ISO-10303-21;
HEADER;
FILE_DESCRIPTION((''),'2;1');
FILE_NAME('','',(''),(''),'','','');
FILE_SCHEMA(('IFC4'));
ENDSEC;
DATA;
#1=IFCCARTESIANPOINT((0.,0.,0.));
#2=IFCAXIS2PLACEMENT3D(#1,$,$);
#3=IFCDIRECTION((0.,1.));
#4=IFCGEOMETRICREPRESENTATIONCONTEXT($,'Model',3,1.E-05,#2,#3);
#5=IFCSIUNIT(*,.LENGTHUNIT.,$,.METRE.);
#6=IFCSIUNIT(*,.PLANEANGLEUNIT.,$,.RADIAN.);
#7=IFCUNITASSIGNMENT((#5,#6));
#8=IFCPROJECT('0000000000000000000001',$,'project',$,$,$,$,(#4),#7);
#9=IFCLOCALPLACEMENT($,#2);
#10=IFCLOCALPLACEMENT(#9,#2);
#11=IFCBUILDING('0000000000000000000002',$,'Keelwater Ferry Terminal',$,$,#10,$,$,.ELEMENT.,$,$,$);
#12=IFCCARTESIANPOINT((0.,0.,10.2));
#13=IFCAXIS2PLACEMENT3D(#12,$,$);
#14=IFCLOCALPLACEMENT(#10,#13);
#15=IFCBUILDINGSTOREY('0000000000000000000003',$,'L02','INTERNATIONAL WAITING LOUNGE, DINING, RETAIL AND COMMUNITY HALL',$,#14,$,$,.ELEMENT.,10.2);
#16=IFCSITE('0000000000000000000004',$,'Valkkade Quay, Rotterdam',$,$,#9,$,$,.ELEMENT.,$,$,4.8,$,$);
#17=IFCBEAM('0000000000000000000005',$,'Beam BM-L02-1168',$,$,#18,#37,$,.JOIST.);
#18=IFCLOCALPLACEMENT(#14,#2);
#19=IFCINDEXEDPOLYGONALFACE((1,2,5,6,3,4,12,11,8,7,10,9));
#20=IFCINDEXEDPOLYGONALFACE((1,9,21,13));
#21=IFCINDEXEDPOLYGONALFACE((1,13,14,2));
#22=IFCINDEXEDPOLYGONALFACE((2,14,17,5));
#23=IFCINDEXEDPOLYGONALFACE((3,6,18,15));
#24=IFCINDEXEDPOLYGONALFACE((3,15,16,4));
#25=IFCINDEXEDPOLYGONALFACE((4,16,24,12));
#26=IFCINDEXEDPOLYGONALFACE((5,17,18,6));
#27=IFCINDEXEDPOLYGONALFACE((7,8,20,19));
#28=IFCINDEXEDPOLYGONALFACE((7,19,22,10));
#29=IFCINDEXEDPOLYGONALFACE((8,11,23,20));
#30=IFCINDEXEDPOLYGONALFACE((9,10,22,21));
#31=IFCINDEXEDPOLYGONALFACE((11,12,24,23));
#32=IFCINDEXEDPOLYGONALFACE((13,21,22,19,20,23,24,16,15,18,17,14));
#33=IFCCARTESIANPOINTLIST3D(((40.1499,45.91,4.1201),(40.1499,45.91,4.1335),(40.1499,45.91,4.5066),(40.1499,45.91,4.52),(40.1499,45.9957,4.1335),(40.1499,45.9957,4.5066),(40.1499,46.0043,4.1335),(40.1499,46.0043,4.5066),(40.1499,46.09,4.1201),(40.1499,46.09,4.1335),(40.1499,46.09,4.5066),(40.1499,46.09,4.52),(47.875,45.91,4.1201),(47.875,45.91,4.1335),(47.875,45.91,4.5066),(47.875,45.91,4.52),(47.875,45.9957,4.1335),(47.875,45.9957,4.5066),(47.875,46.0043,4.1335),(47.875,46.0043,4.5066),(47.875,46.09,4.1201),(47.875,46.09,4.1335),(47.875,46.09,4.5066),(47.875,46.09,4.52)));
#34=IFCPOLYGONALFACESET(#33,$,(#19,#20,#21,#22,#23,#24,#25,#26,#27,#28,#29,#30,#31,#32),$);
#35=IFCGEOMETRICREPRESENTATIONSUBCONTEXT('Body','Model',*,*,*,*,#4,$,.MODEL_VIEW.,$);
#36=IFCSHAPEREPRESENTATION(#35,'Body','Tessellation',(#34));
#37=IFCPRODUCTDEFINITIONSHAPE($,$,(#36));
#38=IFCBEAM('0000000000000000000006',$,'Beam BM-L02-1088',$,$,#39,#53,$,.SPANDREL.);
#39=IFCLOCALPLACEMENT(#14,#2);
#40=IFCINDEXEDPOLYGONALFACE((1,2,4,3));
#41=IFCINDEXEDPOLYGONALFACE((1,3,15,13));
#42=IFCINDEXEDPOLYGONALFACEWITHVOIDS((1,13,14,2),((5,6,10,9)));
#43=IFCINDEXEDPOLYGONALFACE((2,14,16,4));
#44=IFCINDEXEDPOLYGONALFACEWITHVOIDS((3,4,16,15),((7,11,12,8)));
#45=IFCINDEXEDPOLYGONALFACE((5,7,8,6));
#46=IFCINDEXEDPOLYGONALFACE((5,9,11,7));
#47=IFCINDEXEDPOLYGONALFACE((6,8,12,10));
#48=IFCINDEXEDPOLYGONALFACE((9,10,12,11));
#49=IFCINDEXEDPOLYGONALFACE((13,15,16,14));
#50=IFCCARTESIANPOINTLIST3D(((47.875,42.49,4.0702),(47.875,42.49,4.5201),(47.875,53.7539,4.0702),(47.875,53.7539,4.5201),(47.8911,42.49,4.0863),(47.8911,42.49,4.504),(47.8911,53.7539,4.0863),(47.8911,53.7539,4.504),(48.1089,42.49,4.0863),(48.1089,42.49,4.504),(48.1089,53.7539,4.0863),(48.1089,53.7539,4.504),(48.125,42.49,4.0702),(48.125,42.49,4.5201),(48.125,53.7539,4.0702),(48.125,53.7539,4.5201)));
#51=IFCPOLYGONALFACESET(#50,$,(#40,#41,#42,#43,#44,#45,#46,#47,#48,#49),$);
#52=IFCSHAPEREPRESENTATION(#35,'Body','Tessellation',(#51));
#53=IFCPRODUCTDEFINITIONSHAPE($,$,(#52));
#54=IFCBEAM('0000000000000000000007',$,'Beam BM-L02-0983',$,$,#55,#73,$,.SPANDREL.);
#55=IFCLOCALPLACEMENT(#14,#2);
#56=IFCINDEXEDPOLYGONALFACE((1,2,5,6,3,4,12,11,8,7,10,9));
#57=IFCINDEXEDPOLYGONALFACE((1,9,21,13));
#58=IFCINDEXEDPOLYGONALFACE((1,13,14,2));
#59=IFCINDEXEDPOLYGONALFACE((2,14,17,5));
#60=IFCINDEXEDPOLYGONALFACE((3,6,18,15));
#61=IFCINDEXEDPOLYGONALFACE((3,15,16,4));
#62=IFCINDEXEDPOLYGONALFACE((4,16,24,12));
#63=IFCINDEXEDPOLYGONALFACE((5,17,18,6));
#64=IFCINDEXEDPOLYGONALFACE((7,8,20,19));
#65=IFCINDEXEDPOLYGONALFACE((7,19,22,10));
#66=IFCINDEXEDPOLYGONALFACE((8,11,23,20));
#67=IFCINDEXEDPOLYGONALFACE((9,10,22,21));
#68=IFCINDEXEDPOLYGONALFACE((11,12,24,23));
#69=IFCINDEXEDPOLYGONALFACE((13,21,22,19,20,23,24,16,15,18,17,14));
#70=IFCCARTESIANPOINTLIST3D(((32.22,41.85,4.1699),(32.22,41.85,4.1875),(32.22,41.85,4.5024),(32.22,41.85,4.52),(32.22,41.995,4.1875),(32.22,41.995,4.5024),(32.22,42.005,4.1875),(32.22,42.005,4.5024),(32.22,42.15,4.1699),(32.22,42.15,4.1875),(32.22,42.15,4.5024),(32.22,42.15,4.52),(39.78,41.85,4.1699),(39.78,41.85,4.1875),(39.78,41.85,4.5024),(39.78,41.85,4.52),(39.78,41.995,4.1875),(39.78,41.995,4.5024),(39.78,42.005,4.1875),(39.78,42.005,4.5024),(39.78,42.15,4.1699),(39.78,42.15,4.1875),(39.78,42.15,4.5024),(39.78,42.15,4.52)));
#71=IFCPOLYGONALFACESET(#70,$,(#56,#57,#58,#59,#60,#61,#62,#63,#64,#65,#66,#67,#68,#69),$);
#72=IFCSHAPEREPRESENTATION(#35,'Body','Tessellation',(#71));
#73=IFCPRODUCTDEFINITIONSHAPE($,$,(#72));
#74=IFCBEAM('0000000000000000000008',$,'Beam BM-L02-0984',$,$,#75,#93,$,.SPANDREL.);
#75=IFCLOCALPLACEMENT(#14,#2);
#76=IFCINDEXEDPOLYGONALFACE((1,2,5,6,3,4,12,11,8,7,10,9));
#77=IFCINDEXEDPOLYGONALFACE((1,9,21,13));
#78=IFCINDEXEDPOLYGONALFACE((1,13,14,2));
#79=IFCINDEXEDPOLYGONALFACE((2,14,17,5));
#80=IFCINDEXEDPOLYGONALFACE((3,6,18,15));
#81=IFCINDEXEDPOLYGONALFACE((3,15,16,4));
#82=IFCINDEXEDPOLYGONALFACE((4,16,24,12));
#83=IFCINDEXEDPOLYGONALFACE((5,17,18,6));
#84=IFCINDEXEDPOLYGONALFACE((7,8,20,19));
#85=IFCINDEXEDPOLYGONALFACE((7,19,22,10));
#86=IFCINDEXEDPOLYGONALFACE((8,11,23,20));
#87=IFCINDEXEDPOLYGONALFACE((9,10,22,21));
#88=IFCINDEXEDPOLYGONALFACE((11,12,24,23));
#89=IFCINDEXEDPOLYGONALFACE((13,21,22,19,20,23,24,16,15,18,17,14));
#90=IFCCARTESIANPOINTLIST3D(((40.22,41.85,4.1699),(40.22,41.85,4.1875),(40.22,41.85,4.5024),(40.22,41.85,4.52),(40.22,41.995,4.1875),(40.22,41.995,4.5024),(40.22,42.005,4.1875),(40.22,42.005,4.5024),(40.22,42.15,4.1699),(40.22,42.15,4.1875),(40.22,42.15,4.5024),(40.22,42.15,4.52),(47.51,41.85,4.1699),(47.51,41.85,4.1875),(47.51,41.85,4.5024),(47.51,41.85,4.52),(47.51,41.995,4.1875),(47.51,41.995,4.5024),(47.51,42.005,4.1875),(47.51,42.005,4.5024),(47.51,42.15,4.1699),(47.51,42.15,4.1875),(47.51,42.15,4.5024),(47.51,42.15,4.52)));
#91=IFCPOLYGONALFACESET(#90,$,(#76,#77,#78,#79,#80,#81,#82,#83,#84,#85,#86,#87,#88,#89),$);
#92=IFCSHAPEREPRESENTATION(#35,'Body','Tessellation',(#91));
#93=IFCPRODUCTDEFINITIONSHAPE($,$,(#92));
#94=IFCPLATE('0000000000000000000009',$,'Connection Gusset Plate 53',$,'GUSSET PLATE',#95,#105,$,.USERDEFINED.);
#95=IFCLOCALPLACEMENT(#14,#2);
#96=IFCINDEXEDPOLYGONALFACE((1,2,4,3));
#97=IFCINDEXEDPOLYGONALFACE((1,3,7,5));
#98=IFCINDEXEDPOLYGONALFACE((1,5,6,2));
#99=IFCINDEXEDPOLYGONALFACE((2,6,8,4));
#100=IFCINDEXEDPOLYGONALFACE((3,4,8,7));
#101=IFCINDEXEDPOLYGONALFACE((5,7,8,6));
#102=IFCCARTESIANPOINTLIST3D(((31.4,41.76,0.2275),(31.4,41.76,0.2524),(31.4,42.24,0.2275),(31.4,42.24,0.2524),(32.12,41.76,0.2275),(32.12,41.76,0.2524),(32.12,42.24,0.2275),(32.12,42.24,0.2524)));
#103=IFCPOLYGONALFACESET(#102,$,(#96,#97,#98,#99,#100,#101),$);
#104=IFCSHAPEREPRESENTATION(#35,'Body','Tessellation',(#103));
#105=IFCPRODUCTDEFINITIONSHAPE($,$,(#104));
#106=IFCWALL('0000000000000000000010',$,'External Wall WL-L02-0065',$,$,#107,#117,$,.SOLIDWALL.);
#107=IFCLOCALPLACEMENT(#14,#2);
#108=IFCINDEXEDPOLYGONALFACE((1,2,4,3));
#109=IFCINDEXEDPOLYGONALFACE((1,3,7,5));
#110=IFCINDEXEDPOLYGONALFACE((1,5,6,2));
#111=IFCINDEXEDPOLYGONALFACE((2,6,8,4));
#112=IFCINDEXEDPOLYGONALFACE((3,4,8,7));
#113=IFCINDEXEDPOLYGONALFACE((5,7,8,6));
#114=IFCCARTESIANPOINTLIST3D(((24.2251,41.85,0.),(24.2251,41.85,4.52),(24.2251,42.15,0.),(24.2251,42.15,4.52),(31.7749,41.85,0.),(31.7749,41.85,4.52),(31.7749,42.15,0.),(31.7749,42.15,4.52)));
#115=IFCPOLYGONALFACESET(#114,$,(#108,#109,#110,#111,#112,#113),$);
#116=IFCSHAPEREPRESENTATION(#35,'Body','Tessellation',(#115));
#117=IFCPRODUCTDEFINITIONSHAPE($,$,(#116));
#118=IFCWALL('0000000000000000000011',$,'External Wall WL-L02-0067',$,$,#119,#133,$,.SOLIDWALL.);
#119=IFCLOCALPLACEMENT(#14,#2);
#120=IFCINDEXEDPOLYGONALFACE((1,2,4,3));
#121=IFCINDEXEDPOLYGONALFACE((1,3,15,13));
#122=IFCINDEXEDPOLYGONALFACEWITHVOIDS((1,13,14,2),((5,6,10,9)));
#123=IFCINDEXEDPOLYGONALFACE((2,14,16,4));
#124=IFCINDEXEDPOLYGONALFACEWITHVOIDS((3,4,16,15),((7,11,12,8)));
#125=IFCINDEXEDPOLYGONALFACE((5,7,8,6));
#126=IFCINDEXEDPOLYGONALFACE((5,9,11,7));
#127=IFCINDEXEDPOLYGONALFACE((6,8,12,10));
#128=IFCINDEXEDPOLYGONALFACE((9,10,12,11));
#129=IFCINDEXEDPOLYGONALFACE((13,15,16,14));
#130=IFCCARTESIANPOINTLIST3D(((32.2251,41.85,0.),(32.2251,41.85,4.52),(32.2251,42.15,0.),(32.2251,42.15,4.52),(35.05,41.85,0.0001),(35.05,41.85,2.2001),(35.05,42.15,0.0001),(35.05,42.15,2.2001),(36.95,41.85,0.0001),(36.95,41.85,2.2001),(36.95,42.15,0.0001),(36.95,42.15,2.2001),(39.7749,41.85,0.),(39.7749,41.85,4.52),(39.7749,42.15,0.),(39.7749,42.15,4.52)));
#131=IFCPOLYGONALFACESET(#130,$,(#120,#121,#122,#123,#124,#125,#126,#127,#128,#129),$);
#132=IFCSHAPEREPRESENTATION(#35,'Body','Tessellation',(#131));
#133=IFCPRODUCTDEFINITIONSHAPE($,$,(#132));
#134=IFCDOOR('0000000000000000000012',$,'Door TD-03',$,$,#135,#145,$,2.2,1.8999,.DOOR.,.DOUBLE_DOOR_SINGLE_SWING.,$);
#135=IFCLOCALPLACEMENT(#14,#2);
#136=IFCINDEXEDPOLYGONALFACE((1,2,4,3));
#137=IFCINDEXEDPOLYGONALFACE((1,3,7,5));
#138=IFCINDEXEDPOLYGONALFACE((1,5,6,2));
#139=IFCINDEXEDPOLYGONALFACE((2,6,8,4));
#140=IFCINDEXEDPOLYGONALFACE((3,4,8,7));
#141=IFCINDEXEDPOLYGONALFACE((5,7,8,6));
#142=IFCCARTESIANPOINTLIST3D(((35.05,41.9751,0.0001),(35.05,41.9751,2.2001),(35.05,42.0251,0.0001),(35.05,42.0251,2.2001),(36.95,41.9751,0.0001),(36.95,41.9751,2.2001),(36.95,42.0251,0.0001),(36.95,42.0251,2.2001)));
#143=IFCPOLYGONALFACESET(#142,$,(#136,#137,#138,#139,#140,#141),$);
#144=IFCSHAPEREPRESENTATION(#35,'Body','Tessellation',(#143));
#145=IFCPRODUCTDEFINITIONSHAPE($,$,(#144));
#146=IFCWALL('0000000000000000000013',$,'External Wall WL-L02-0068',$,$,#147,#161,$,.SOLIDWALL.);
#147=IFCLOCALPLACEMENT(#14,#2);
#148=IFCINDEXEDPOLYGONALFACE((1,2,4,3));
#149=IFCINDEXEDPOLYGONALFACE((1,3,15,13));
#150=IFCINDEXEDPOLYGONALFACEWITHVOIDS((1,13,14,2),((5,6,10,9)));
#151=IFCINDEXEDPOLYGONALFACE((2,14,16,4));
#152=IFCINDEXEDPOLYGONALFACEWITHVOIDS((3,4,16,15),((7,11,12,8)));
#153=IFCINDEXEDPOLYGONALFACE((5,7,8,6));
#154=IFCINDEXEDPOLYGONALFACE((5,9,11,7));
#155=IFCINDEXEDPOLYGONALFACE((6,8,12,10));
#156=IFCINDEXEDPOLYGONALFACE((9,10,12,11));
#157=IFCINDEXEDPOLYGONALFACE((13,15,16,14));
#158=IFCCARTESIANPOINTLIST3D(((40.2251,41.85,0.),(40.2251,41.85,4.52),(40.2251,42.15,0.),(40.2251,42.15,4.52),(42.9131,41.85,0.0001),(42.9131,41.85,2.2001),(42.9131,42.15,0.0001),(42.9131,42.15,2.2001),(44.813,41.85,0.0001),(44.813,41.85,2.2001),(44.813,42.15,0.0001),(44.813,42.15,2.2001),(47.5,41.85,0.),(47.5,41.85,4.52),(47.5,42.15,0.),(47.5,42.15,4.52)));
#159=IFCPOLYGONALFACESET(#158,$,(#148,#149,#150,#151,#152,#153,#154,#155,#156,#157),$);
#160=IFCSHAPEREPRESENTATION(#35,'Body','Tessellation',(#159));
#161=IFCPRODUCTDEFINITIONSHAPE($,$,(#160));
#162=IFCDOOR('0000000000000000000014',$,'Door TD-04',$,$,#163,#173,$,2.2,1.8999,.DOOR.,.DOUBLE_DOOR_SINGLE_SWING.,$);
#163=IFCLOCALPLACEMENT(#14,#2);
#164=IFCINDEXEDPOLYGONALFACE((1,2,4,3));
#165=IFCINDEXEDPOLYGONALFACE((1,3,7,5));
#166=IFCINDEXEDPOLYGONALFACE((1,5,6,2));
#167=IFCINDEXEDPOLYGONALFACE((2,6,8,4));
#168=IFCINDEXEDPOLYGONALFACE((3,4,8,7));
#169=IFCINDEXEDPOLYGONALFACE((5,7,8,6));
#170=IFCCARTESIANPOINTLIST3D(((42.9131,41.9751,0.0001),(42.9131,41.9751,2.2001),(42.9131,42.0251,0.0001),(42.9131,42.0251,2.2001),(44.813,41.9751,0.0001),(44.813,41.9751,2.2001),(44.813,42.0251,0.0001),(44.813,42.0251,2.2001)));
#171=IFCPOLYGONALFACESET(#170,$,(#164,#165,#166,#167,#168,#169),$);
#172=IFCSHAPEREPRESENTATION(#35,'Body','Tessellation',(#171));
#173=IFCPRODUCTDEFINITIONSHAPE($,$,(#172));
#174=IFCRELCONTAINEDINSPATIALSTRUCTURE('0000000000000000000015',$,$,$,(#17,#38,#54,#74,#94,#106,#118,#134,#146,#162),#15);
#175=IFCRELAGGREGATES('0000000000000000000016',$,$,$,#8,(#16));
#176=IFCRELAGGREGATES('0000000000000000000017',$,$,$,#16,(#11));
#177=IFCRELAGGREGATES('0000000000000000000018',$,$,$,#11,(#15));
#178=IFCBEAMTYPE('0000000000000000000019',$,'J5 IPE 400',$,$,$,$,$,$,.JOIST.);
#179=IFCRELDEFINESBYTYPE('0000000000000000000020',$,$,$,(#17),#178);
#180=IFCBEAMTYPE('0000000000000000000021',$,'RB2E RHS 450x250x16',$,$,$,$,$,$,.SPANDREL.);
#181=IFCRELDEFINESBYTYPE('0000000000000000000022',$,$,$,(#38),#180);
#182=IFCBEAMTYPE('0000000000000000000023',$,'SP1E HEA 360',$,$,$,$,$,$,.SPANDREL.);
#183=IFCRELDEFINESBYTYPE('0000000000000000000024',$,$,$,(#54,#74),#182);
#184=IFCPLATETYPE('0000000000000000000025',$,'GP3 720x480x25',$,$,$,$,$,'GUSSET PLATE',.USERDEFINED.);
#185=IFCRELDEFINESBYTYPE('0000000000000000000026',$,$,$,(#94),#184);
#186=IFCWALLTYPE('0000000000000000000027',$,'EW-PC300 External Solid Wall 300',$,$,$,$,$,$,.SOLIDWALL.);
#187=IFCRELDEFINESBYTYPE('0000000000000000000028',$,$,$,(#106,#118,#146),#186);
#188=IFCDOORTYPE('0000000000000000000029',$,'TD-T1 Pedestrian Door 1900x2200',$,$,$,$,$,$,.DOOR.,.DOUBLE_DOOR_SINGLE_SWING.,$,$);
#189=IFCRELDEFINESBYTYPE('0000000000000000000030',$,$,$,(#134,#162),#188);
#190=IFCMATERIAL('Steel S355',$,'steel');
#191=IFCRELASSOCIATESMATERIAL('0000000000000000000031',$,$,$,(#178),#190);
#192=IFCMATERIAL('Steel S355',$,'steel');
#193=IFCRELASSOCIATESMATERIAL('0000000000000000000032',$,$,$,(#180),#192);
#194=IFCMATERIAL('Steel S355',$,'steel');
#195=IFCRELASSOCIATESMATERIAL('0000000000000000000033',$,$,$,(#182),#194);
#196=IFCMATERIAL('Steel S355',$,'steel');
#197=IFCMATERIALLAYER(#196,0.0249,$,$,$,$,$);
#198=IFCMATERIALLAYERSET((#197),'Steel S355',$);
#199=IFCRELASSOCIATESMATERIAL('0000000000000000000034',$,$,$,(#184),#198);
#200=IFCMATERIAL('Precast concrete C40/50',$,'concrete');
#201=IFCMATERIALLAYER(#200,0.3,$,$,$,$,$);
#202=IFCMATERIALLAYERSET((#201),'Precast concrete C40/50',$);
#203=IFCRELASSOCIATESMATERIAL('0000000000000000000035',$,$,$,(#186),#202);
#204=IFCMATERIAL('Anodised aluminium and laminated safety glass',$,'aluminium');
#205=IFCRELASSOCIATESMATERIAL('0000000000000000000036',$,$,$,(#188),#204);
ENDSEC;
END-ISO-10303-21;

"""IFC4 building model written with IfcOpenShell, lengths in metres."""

from ifc_helpers import new_model, si_unit, direction, frame, frame_2d, origin, origin_2d, place, context, subcontext, project, spatial, rectangle, hollow_rectangle, i_section, extrude, material, layer, layer_set, material_profile, profile_set, type_object, element, fill, save


model = new_model("IFC4")

# Units and contexts
model_context = context("Model", 3, precision=1e-05, world=origin(), true_north=direction((0.0, 1.0)))
body_context = subcontext(model_context, "Body", "Model", "MODEL_VIEW")
ifc_project = project(units=[si_unit("LENGTHUNIT", "METRE"), si_unit("PLANEANGLEUNIT", "RADIAN")], contexts=[model_context])

# Site, building, storey
site_placement = place(None, origin())
site = spatial("IfcSite", under=ifc_project, at=site_placement, Name="Valkkade Quay, Rotterdam", CompositionType="ELEMENT", RefElevation=4.8)
building_placement = place(site_placement, origin())
building = spatial("IfcBuilding", under=site, at=building_placement, Name="Keelwater Ferry Terminal", CompositionType="ELEMENT")
storey_placement = place(building_placement, frame((0.0, 0.0, 10.2)))
storey = spatial("IfcBuildingStorey", under=building, at=storey_placement, Name="L02", Description="INTERNATIONAL WAITING LOUNGE, DINING, RETAIL AND COMMUNITY HALL", CompositionType="ELEMENT", Elevation=10.2)

# Beams
ifc_material_1 = material(Name="Steel S355", Category="steel")
ifc_material_profile_1 = material_profile(ifc_material_1, i_section(OverallWidth=0.1799, OverallDepth=0.3999, WebThickness=0.0085, FlangeThickness=0.0134, at=origin_2d()), Name="IPE 400")
ifc_profile_set_1 = profile_set([ifc_material_profile_1], Name="Steel S355")
beam_type_1 = type_object("IfcBeamType", Name="J5 IPE 400", PredefinedType="JOIST", material=ifc_profile_set_1)
beam_1_placement = place(storey_placement, frame((40.1499, 46.0, 4.3201), z_axis=(1.0, 0.0, 0.0), x_axis=(0.0, 1.0, 0.0)))
element("IfcBeam", 1, at=beam_1_placement, inside=storey, type_object=beam_type_1, Name="Beam BM-L02-1168", PredefinedType="JOIST", context=body_context, shape_type="SweptSolid", body=[
    extrude(i_section(OverallWidth=0.1799, OverallDepth=0.3999, WebThickness=0.0085, FlangeThickness=0.0134, at=origin_2d()), origin(), (0.0, 0.0, 1.0), 7.7251),
])
ifc_material_2 = material(Name="Steel S355", Category="steel")
ifc_material_profile_2 = material_profile(ifc_material_2, hollow_rectangle(XDim=0.25, YDim=0.45, WallThickness=0.0161, at=origin_2d()), Name="RHS 450x250x16")
ifc_profile_set_2 = profile_set([ifc_material_profile_2], Name="Steel S355")
beam_type_2 = type_object("IfcBeamType", Name="RB2E RHS 450x250x16", PredefinedType="SPANDREL", material=ifc_profile_set_2)
beam_2_placement = place(storey_placement, frame((48.0, 42.49, 4.2952), z_axis=(0.0, 1.0, 0.0), x_axis=(-1.0, 0.0, 0.0)))
element("IfcBeam", 2, at=beam_2_placement, inside=storey, type_object=beam_type_2, Name="Beam BM-L02-1088", PredefinedType="SPANDREL", context=body_context, shape_type="SweptSolid", body=[
    extrude(hollow_rectangle(XDim=0.25, YDim=0.45, WallThickness=0.0161, at=origin_2d()), origin(), (0.0, 0.0, 1.0), 11.2639),
])
ifc_material_3 = material(Name="Steel S355", Category="steel")
ifc_material_profile_3 = material_profile(ifc_material_3, i_section(OverallWidth=0.3, OverallDepth=0.3501, WebThickness=0.01, FlangeThickness=0.0176, at=origin_2d()), Name="HEA 360")
ifc_profile_set_3 = profile_set([ifc_material_profile_3], Name="Steel S355")
beam_type_3 = type_object("IfcBeamType", Name="SP1E HEA 360", PredefinedType="SPANDREL", material=ifc_profile_set_3)
beam_3_placement = place(storey_placement, frame((32.22, 42.0, 4.345), z_axis=(1.0, 0.0, 0.0), x_axis=(0.0, 1.0, 0.0)))
element("IfcBeam", 3, at=beam_3_placement, inside=storey, type_object=beam_type_3, Name="Beam BM-L02-0983", PredefinedType="SPANDREL", context=body_context, shape_type="SweptSolid", body=[
    extrude(i_section(OverallWidth=0.3, OverallDepth=0.3501, WebThickness=0.01, FlangeThickness=0.0176, at=origin_2d()), origin(), (0.0, 0.0, 1.0), 7.5601),
])
beam_4_placement = place(storey_placement, frame((40.22, 42.0, 4.345), z_axis=(1.0, 0.0, 0.0), x_axis=(0.0, 1.0, 0.0)))
element("IfcBeam", 4, at=beam_4_placement, inside=storey, type_object=beam_type_3, Name="Beam BM-L02-0984", PredefinedType="SPANDREL", context=body_context, shape_type="SweptSolid", body=[
    extrude(i_section(OverallWidth=0.3, OverallDepth=0.3501, WebThickness=0.01, FlangeThickness=0.0176, at=origin_2d()), origin(), (0.0, 0.0, 1.0), 7.29),
])

# Plate
ifc_material_4 = material(Name="Steel S355", Category="steel")
ifc_layer_1 = layer(ifc_material_4, 0.0249)
ifc_layer_set_1 = layer_set([ifc_layer_1], Name="Steel S355")
plate_type = type_object("IfcPlateType", Name="GP3 720x480x25", ElementType="GUSSET PLATE", PredefinedType="USERDEFINED", material=ifc_layer_set_1)
plate_placement = place(storey_placement, frame((31.76, 42.0, 0.2275), z_axis=(0.0, 0.0, 1.0), x_axis=(1.0, 0.0, 0.0)))
element("IfcPlate", 5, at=plate_placement, inside=storey, type_object=plate_type, Name="Connection Gusset Plate 53", ObjectType="GUSSET PLATE", PredefinedType="USERDEFINED", context=body_context, shape_type="SweptSolid", body=[
    extrude(rectangle(XDim=0.72, YDim=0.48, at=origin_2d()), origin(), (0.0, 0.0, 1.0), 0.0249),
])

# Wall
ifc_material_5 = material(Name="Precast concrete C40/50", Category="concrete")
ifc_layer_2 = layer(ifc_material_5, 0.3)
ifc_layer_set_2 = layer_set([ifc_layer_2], Name="Precast concrete C40/50")
wall_type_1 = type_object("IfcWallType", Name="EW-PC300 External Solid Wall 300", PredefinedType="SOLIDWALL", material=ifc_layer_set_2)
wall_1_placement = place(storey_placement, frame((31.7749, 42.0, 0.0), z_axis=(0.0, 0.0, 1.0), x_axis=(-1.0, 0.0, 0.0)))
element("IfcWall", 6, at=wall_1_placement, inside=storey, type_object=wall_type_1, Name="External Wall WL-L02-0065", PredefinedType="SOLIDWALL", context=body_context, shape_type="SweptSolid", body=[
    extrude(rectangle(XDim=7.5498, YDim=0.3, at=frame_2d((3.7749, 0.0))), origin(), (0.0, 0.0, 1.0), 4.52),
])

# Walls, openings, doors
wall_2_placement = place(storey_placement, frame((39.7749, 42.0, 0.0), z_axis=(0.0, 0.0, 1.0), x_axis=(-1.0, 0.0, 0.0)))
wall_2 = element("IfcWall", 7, at=wall_2_placement, inside=storey, type_object=wall_type_1, Name="External Wall WL-L02-0067", PredefinedType="SOLIDWALL", context=body_context, shape_type="SweptSolid", body=[
    extrude(rectangle(XDim=7.5498, YDim=0.3, at=frame_2d((3.7749, 0.0))), origin(), (0.0, 0.0, 1.0), 4.52),
])
opening_1_placement = place(wall_2_placement, frame((2.825, 0.0, 0.0)))
opening_1 = element("IfcOpeningElement", 8, at=opening_1_placement, cuts=wall_2, PredefinedType="OPENING", context=body_context, shape_type="SweptSolid", body=[
    extrude(rectangle(XDim=1.8999, YDim=2.2, at=frame_2d((0.95, 1.1001))), frame((0.0, 0.1599, 0.0), z_axis=(0.0, -1.0, 0.0), x_axis=(1.0, 0.0, 0.0)), (0.0, 0.0, 1.0), 0.3201),
])
ifc_material_6 = material(Name="Anodised aluminium and laminated safety glass", Category="aluminium")
door_type_1 = type_object("IfcDoorType", Name="TD-T1 Pedestrian Door 1900x2200", OperationType="DOUBLE_DOOR_SINGLE_SWING", PredefinedType="DOOR", material=ifc_material_6)
door_1_placement = place(opening_1_placement, origin())
door_1 = element("IfcDoor", 9, at=door_1_placement, inside=storey, type_object=door_type_1, Name="Door TD-03", OperationType="DOUBLE_DOOR_SINGLE_SWING", OverallHeight=2.2, OverallWidth=1.8999, PredefinedType="DOOR", context=body_context, shape_type="SweptSolid", body=[
    extrude(rectangle(XDim=1.8999, YDim=2.2, at=frame_2d((0.95, 1.1001))), frame((0.0, 0.0249, 0.0), z_axis=(0.0, -1.0, 0.0), x_axis=(1.0, 0.0, 0.0)), (0.0, 0.0, 1.0), 0.05),
])
fill(opening_1, door_1)
wall_3_placement = place(storey_placement, frame((47.5, 42.0, 0.0), z_axis=(0.0, 0.0, 1.0), x_axis=(-1.0, 0.0, 0.0)))
wall_3 = element("IfcWall", 10, at=wall_3_placement, inside=storey, type_object=wall_type_1, Name="External Wall WL-L02-0068", PredefinedType="SOLIDWALL", context=body_context, shape_type="SweptSolid", body=[
    extrude(rectangle(XDim=7.2749, YDim=0.3, at=frame_2d((3.6375, 0.0))), origin(), (0.0, 0.0, 1.0), 4.52),
])
opening_2_placement = place(wall_3_placement, frame((2.687, 0.0, 0.0)))
opening_2 = element("IfcOpeningElement", 11, at=opening_2_placement, cuts=wall_3, PredefinedType="OPENING", context=body_context, shape_type="SweptSolid", body=[
    extrude(rectangle(XDim=1.8999, YDim=2.2, at=frame_2d((0.95, 1.1001))), frame((0.0, 0.1599, 0.0), z_axis=(0.0, -1.0, 0.0), x_axis=(1.0, 0.0, 0.0)), (0.0, 0.0, 1.0), 0.3201),
])
door_2_placement = place(opening_2_placement, origin())
door_2 = element("IfcDoor", 12, at=door_2_placement, inside=storey, type_object=door_type_1, Name="Door TD-04", OperationType="DOUBLE_DOOR_SINGLE_SWING", OverallHeight=2.2, OverallWidth=1.8999, PredefinedType="DOOR", context=body_context, shape_type="SweptSolid", body=[
    extrude(rectangle(XDim=1.8999, YDim=2.2, at=frame_2d((0.95, 1.1001))), frame((0.0, 0.0249, 0.0), z_axis=(0.0, -1.0, 0.0), x_axis=(1.0, 0.0, 0.0)), (0.0, 0.0, 1.0), 0.05),
])
fill(opening_2, door_2)

save(model, "model.ifc")
